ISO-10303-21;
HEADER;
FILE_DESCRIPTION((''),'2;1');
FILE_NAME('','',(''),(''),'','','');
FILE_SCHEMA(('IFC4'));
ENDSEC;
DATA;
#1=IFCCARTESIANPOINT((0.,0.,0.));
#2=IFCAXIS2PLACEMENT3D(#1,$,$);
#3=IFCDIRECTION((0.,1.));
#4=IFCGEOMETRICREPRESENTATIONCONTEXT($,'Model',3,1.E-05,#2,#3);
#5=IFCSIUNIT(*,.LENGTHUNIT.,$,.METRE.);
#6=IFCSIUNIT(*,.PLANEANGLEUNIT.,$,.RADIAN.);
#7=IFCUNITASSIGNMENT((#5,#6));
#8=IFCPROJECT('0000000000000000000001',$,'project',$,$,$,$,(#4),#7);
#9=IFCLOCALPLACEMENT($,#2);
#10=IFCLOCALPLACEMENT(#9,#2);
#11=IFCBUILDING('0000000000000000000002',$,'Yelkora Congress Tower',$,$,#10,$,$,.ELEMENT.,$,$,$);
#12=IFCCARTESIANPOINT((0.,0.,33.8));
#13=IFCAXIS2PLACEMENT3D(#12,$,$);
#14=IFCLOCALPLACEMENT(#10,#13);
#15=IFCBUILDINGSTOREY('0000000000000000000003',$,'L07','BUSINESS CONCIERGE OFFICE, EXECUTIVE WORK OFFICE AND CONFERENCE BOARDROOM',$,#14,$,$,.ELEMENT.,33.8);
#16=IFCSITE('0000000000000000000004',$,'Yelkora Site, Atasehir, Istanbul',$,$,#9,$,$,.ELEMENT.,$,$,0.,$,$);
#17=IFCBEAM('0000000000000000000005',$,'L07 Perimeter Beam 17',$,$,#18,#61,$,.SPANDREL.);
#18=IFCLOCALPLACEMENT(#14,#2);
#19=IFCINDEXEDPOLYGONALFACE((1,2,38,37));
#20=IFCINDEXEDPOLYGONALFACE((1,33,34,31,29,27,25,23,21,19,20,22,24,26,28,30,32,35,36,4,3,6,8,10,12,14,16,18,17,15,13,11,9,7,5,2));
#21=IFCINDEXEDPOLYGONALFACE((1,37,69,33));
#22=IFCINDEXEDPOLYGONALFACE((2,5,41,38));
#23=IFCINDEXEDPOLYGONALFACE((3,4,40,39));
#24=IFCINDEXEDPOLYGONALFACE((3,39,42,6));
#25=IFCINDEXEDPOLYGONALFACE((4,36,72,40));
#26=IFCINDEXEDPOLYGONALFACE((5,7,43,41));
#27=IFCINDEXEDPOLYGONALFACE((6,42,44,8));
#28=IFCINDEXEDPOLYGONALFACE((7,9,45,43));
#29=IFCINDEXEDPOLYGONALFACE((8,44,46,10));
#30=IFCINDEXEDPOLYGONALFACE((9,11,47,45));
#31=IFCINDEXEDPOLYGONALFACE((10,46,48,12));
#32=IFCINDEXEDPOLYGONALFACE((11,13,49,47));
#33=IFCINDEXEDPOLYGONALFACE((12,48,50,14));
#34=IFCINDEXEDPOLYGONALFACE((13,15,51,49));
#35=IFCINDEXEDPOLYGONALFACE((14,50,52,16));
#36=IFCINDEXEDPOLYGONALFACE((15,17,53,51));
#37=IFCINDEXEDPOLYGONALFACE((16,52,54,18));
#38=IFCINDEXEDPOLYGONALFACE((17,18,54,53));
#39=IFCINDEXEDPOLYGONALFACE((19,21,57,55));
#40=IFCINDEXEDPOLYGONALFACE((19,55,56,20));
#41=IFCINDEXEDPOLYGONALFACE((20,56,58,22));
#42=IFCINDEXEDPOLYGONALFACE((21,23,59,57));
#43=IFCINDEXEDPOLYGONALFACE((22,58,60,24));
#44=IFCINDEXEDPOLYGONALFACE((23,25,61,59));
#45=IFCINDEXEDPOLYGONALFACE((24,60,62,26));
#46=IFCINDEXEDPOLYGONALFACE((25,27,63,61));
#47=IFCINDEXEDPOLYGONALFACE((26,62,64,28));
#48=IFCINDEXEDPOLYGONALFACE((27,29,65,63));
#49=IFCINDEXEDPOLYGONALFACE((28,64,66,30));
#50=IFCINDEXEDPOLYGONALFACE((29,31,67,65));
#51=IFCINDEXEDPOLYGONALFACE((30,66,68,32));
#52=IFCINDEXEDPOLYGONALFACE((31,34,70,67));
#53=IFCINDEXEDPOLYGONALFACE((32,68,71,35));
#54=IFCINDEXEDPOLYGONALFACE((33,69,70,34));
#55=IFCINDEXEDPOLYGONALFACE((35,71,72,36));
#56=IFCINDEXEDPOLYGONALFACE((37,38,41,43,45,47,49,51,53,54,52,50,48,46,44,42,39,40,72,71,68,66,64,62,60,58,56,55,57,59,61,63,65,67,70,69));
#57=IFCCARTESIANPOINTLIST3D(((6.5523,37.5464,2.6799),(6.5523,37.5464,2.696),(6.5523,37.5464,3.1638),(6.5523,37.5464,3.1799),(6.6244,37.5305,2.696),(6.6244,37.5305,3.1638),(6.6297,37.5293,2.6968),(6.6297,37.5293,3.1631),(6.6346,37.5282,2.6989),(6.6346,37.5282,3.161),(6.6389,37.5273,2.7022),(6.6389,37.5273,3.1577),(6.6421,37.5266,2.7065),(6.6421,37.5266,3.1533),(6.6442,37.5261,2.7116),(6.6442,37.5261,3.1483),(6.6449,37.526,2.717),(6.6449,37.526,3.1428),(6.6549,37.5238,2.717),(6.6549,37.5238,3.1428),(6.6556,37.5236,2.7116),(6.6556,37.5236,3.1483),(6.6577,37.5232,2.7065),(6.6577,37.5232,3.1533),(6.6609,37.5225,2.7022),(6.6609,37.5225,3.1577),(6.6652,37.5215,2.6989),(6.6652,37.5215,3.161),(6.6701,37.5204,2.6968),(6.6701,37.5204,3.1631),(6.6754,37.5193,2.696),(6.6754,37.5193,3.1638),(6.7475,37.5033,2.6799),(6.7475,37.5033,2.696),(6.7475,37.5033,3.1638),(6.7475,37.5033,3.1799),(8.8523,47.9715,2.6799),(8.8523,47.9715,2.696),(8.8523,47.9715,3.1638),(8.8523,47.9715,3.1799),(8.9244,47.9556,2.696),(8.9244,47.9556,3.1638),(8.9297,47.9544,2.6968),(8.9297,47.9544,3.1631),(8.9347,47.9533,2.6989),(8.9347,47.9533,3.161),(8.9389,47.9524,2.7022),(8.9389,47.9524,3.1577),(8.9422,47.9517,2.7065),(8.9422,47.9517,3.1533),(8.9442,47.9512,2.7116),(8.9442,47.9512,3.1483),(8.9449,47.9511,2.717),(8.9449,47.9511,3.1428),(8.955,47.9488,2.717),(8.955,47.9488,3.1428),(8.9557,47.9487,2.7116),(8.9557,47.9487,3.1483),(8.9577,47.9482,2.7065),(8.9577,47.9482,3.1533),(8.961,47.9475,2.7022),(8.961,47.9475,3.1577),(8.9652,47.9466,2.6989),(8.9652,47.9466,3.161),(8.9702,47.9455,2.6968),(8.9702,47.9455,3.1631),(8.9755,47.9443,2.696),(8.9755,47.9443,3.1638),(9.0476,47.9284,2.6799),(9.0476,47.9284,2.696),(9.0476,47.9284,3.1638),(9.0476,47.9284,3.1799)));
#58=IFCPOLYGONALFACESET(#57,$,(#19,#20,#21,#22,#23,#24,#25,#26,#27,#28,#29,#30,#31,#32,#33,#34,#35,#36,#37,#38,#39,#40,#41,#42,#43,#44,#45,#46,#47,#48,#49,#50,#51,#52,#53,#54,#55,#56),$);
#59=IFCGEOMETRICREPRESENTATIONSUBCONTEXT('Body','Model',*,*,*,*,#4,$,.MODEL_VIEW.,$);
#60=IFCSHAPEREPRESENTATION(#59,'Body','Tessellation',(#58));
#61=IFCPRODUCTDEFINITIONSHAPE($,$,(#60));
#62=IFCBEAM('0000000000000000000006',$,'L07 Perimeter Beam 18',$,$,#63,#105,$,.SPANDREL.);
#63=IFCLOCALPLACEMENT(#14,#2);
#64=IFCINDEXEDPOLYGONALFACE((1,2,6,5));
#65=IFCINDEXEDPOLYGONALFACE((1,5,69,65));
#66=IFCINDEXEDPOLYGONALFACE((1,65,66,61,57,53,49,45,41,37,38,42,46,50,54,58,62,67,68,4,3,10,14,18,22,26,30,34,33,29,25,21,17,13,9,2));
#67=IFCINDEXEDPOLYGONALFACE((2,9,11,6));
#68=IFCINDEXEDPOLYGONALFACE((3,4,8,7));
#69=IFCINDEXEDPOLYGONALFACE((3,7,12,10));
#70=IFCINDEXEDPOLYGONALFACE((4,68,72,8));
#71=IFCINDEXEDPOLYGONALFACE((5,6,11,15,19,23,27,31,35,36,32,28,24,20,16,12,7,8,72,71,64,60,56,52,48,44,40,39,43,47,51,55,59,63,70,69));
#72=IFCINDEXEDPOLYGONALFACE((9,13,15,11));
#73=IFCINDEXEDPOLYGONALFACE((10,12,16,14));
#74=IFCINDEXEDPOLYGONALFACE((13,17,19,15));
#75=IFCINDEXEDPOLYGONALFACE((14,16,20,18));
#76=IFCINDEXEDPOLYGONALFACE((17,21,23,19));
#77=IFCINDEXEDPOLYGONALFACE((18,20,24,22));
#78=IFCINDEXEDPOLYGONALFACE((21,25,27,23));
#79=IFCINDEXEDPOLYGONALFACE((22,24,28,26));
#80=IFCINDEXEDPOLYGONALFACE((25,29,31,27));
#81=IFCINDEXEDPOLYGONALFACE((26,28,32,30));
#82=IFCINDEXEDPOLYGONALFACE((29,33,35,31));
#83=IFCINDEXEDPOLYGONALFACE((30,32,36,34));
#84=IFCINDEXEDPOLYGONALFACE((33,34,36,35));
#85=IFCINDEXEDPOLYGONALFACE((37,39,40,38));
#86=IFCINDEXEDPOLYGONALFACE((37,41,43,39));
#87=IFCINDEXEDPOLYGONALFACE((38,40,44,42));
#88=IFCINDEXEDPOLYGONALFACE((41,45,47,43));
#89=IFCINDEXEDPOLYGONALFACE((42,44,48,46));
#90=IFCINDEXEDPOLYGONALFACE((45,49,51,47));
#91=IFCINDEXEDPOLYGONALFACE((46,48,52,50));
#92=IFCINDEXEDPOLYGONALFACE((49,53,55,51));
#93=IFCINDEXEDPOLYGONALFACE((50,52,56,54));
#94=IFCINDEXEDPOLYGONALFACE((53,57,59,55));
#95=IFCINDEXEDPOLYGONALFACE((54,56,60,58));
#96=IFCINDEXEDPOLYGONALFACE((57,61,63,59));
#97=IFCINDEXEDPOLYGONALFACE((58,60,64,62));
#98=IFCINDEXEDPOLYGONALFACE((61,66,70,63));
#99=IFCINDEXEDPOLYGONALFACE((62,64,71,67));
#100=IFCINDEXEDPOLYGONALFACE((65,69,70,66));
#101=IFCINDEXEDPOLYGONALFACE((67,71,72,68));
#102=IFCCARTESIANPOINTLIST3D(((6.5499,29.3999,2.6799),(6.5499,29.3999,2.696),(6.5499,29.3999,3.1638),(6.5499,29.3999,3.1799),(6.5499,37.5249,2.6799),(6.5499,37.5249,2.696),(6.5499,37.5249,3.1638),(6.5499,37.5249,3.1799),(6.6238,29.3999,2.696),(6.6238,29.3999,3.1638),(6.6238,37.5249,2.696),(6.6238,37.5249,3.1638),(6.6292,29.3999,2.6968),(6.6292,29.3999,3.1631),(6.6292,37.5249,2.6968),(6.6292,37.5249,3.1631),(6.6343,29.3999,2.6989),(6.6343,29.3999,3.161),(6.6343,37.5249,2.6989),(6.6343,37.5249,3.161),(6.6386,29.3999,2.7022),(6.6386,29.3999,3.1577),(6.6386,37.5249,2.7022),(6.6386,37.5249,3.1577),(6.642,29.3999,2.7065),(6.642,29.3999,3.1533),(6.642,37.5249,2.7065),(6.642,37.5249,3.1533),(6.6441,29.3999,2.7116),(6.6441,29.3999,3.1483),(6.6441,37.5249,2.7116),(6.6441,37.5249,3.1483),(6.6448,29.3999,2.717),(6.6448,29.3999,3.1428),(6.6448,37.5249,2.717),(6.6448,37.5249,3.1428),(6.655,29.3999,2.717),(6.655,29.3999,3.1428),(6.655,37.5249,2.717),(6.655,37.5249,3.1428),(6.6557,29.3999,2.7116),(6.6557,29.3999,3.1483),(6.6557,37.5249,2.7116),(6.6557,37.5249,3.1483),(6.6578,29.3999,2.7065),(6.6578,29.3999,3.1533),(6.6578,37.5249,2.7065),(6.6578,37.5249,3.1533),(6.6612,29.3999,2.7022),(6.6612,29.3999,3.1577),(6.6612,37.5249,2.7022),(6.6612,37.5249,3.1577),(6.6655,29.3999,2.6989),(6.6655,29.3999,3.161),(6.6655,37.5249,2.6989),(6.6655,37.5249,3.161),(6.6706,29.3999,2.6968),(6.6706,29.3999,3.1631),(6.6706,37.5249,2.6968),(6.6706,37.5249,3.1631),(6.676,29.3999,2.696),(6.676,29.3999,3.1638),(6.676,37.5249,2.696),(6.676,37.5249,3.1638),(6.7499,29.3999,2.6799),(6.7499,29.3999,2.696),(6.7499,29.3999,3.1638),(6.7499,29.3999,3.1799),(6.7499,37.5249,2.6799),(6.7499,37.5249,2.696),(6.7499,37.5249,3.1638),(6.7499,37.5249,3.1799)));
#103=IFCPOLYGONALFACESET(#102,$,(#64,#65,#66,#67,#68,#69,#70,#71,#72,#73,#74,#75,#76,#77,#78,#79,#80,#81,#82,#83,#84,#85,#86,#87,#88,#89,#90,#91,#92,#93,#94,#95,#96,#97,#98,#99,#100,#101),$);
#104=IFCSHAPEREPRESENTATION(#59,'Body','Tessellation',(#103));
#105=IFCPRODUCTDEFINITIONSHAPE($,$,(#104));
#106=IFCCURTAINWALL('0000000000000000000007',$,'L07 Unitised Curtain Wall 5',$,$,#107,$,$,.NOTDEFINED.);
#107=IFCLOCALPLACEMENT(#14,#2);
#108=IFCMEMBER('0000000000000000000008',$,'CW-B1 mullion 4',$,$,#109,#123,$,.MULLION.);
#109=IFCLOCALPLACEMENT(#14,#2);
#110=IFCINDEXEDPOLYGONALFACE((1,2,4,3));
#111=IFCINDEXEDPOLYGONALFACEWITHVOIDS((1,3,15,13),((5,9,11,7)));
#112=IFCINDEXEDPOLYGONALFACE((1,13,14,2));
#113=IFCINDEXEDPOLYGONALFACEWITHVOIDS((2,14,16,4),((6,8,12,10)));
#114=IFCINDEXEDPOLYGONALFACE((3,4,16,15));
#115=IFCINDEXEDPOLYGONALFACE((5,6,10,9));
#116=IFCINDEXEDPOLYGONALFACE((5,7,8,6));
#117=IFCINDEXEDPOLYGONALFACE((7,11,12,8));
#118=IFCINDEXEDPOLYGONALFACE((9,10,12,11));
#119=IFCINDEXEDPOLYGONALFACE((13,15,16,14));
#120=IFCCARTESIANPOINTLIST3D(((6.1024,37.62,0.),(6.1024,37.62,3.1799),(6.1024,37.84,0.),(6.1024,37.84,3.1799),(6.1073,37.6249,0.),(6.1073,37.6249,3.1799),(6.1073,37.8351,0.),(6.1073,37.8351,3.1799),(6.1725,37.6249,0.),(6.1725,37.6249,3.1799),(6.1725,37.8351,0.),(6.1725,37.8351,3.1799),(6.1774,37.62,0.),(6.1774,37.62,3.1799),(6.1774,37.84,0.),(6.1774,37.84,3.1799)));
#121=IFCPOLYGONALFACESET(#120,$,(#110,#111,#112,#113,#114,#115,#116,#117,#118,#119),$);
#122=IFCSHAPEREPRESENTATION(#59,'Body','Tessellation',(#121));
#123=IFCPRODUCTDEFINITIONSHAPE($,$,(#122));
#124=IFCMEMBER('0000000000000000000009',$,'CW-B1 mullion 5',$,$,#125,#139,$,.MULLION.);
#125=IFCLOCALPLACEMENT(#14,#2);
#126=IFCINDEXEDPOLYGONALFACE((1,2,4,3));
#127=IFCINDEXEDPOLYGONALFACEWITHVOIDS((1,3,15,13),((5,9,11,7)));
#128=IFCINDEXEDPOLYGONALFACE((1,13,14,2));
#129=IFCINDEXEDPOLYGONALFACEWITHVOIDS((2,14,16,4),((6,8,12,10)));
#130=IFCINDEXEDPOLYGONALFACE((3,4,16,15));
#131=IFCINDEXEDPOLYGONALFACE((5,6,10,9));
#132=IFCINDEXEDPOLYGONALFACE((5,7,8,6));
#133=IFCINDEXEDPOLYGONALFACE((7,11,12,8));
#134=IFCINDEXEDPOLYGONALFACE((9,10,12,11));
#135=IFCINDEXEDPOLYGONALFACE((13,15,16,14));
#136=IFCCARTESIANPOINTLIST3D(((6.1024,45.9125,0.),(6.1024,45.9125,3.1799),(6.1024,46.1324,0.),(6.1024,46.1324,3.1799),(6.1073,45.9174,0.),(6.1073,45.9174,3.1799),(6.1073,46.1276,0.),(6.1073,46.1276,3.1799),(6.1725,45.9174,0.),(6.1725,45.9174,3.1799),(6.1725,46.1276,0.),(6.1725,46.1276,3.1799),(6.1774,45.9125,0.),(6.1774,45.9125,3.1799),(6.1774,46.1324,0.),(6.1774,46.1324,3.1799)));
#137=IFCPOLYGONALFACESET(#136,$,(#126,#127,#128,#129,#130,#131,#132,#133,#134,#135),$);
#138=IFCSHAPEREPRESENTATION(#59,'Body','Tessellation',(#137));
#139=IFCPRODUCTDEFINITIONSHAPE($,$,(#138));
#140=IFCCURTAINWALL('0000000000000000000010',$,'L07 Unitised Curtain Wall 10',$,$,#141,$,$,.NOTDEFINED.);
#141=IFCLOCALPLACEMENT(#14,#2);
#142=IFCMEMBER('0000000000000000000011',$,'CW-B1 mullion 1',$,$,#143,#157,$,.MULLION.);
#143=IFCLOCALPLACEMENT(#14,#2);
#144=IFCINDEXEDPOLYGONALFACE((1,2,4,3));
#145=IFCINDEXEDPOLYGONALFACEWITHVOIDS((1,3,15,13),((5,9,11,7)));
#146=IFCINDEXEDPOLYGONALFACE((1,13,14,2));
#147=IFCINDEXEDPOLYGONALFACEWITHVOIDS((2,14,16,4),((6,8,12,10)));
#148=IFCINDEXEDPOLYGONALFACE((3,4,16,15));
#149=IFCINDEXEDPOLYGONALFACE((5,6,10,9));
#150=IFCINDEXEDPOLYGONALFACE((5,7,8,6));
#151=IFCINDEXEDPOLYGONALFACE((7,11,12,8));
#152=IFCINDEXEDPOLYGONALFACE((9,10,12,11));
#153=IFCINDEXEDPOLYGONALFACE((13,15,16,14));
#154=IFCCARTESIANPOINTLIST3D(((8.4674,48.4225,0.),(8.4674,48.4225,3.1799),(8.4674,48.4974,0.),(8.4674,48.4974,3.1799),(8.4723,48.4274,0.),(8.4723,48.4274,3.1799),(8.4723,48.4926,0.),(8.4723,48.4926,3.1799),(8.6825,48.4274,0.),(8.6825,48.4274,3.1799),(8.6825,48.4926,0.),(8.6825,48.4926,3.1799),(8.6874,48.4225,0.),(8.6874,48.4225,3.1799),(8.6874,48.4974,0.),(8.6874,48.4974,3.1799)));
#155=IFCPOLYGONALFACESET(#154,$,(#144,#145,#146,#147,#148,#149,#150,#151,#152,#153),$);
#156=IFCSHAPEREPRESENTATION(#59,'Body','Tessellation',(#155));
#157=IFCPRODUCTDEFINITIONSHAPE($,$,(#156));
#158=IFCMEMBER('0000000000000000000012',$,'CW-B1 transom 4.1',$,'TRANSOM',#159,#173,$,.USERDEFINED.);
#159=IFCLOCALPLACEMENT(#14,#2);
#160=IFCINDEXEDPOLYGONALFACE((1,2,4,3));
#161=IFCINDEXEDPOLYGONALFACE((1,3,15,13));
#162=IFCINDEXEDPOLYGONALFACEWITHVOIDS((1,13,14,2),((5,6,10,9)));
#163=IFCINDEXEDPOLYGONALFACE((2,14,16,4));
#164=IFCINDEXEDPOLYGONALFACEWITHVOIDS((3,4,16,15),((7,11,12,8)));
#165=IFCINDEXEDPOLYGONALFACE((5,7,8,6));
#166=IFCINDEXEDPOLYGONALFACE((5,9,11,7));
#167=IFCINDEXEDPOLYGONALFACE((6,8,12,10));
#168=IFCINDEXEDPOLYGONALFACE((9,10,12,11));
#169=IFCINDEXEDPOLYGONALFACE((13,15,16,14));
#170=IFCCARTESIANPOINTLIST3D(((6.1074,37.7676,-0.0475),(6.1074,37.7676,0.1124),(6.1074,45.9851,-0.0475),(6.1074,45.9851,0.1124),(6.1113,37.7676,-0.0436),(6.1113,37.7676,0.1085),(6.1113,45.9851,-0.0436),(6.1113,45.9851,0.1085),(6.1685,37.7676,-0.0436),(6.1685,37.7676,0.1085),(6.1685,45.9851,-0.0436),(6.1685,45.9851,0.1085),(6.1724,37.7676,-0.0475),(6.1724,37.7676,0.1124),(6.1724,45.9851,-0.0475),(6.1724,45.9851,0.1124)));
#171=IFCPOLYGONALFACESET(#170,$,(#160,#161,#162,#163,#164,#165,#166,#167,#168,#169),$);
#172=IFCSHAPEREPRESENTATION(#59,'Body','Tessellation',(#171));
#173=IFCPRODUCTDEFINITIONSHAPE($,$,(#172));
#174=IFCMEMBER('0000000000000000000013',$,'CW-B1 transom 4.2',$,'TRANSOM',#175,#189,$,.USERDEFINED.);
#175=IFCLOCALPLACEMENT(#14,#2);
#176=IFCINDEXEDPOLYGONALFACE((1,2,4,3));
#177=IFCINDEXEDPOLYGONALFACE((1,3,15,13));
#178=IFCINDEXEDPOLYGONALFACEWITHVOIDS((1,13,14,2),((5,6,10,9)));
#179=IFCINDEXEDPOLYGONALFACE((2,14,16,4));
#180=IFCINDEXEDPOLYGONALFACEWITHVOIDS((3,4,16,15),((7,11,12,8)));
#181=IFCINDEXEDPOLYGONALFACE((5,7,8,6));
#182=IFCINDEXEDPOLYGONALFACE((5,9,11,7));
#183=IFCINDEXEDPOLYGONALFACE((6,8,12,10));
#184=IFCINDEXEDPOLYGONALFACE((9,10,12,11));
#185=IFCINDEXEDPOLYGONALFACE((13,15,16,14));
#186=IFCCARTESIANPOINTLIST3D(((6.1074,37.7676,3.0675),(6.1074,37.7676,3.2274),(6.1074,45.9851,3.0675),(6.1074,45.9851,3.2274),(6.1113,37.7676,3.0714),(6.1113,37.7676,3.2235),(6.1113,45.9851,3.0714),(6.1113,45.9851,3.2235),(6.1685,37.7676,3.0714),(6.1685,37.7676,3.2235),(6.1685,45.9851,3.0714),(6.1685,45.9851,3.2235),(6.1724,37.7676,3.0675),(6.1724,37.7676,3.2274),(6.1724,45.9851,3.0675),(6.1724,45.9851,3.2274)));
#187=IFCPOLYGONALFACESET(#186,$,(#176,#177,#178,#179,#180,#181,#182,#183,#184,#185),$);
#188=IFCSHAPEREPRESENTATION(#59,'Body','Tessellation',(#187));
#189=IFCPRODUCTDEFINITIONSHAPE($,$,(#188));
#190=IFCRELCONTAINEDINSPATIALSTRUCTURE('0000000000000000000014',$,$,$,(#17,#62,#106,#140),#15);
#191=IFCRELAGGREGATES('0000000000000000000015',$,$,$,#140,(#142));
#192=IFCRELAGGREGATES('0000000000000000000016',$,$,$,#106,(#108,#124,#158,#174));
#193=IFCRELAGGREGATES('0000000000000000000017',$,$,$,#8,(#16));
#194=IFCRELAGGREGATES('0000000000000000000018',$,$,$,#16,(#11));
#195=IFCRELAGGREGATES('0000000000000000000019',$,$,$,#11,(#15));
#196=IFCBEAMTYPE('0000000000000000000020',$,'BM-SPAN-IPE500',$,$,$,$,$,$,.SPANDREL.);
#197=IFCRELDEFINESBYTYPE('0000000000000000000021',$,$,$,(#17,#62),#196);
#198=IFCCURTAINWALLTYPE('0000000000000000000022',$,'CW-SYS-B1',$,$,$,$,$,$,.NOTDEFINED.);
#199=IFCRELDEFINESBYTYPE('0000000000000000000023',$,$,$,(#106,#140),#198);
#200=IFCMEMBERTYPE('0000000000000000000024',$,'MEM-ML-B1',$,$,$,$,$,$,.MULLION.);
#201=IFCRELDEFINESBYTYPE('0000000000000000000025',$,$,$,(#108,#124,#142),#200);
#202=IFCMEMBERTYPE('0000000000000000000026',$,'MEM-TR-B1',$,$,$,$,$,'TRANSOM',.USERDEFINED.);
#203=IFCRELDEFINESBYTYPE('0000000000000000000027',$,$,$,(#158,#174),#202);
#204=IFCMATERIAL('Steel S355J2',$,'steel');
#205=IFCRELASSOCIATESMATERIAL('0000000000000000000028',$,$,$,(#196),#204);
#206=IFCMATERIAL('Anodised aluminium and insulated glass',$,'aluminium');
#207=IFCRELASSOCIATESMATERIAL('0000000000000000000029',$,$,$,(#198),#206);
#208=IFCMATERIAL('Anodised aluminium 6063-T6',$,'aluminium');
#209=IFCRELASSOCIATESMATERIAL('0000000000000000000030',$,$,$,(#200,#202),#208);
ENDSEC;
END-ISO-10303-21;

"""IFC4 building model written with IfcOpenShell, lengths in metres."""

from ifc_helpers import new_model, si_unit, direction, frame, origin, origin_2d, place, context, subcontext, project, spatial, hollow_rectangle, i_section, extrude, material, material_profile, profile_set, type_object, element, aggregate, save


model = new_model("IFC4")

# Units and contexts
model_context = context("Model", 3, precision=1e-05, world=origin(), true_north=direction((0.0, 1.0)))
body_context = subcontext(model_context, "Body", "Model", "MODEL_VIEW")
ifc_project = project(units=[si_unit("LENGTHUNIT", "METRE"), si_unit("PLANEANGLEUNIT", "RADIAN")], contexts=[model_context])

# Site, building, storey
site_placement = place(None, origin())
site = spatial("IfcSite", under=ifc_project, at=site_placement, Name="Yelkora Site, Atasehir, Istanbul", CompositionType="ELEMENT", RefElevation=0.0)
building_placement = place(site_placement, origin())
building = spatial("IfcBuilding", under=site, at=building_placement, Name="Yelkora Congress Tower", CompositionType="ELEMENT")
storey_placement = place(building_placement, frame((0.0, 0.0, 33.8)))
storey = spatial("IfcBuildingStorey", under=building, at=storey_placement, Name="L07", Description="BUSINESS CONCIERGE OFFICE, EXECUTIVE WORK OFFICE AND CONFERENCE BOARDROOM", CompositionType="ELEMENT", Elevation=33.8)

# Beams
ifc_material_1 = material(Name="Steel S355J2", Category="steel")
ifc_material_profile_1 = material_profile(ifc_material_1, i_section(OverallWidth=0.2, OverallDepth=0.5, WebThickness=0.0103, FlangeThickness=0.0161, FilletRadius=0.021, at=origin_2d()), Name="IPE 500")
ifc_profile_set_1 = profile_set([ifc_material_profile_1], Name="Steel S355J2")
beam_type_1 = type_object("IfcBeamType", Name="BM-SPAN-IPE500", PredefinedType="SPANDREL", material=ifc_profile_set_1)
beam_1_placement = place(storey_placement, frame((8.95, 47.95, 2.9299), z_axis=(-0.215446, -0.976516, 0.0), x_axis=(0.976516, -0.215446, 0.0)))
element("IfcBeam", 1, at=beam_1_placement, inside=storey, type_object=beam_type_1, Name="L07 Perimeter Beam 17", PredefinedType="SPANDREL", context=body_context, shape_type="SweptSolid", body=[
    extrude(i_section(OverallWidth=0.2, OverallDepth=0.5, WebThickness=0.0103, FlangeThickness=0.0161, FilletRadius=0.021, at=origin_2d()), origin(), (0.0, 0.0, 1.0), 10.6758),
])
beam_2_placement = place(storey_placement, frame((6.6499, 37.5249, 2.9299), z_axis=(0.0, -1.0, 0.0), x_axis=(1.0, 0.0, 0.0)))
element("IfcBeam", 2, at=beam_2_placement, inside=storey, type_object=beam_type_1, Name="L07 Perimeter Beam 18", PredefinedType="SPANDREL", context=body_context, shape_type="SweptSolid", body=[
    extrude(i_section(OverallWidth=0.2, OverallDepth=0.5, WebThickness=0.0103, FlangeThickness=0.0161, FilletRadius=0.021, at=origin_2d()), origin(), (0.0, 0.0, 1.0), 8.125),
])

# Curtain wall, members
ifc_material_2 = material(Name="Anodised aluminium and insulated glass", Category="aluminium")
curtain_wall_type = type_object("IfcCurtainWallType", Name="CW-SYS-B1", PredefinedType="NOTDEFINED", material=ifc_material_2)
curtain_wall_1_placement = place(storey_placement, origin())
curtain_wall_1 = element("IfcCurtainWall", 3, at=curtain_wall_1_placement, inside=storey, type_object=curtain_wall_type, Name="L07 Unitised Curtain Wall 5", PredefinedType="NOTDEFINED")
ifc_material_3 = material(Name="Anodised aluminium 6063-T6", Category="aluminium")
ifc_material_profile_2 = material_profile(ifc_material_3, hollow_rectangle(XDim=0.075, YDim=0.22, WallThickness=0.0049, at=origin_2d()), Name="ALU 75x220x5")
ifc_profile_set_2 = profile_set([ifc_material_profile_2], Name="Anodised aluminium 6063-T6")
member_type_1 = type_object("IfcMemberType", Name="MEM-ML-B1", PredefinedType="MULLION", material=ifc_profile_set_2)
member_1_placement = place(storey_placement, frame((6.1399, 37.73, 0.0), z_axis=(0.0, 0.0, 1.0), x_axis=(-1.0, 0.0, 0.0)))
member_1 = element("IfcMember", 4, at=member_1_placement, type_object=member_type_1, Name="CW-B1 mullion 4", PredefinedType="MULLION", context=body_context, shape_type="SweptSolid", body=[
    extrude(hollow_rectangle(XDim=0.075, YDim=0.22, WallThickness=0.0049, at=origin_2d()), origin(), (0.0, 0.0, 1.0), 3.1799),
])
member_2_placement = place(storey_placement, frame((6.1399, 46.0225, 0.0), z_axis=(0.0, 0.0, 1.0), x_axis=(-1.0, 0.0, 0.0)))
member_2 = element("IfcMember", 5, at=member_2_placement, type_object=member_type_1, Name="CW-B1 mullion 5", PredefinedType="MULLION", context=body_context, shape_type="SweptSolid", body=[
    extrude(hollow_rectangle(XDim=0.075, YDim=0.22, WallThickness=0.0049, at=origin_2d()), origin(), (0.0, 0.0, 1.0), 3.1799),
])

# Curtain wall, member
curtain_wall_2_placement = place(storey_placement, origin())
curtain_wall_2 = element("IfcCurtainWall", 6, at=curtain_wall_2_placement, inside=storey, type_object=curtain_wall_type, Name="L07 Unitised Curtain Wall 10", PredefinedType="NOTDEFINED")
member_3_placement = place(storey_placement, frame((8.5774, 48.46, 0.0), z_axis=(0.0, 0.0, 1.0), x_axis=(0.0, 1.0, 0.0)))
member_3 = element("IfcMember", 7, at=member_3_placement, type_object=member_type_1, Name="CW-B1 mullion 1", PredefinedType="MULLION", context=body_context, shape_type="SweptSolid", body=[
    extrude(hollow_rectangle(XDim=0.075, YDim=0.22, WallThickness=0.0049, at=origin_2d()), origin(), (0.0, 0.0, 1.0), 3.1799),
])

# Members
ifc_material_profile_3 = material_profile(ifc_material_3, hollow_rectangle(XDim=0.0649, YDim=0.1599, WallThickness=0.0039, at=origin_2d()), Name="ALU 65x160x4")
ifc_profile_set_3 = profile_set([ifc_material_profile_3], Name="Anodised aluminium 6063-T6")
member_type_2 = type_object("IfcMemberType", Name="MEM-TR-B1", ElementType="TRANSOM", PredefinedType="USERDEFINED", material=ifc_profile_set_3)
member_4_placement = place(storey_placement, frame((6.1399, 37.7676, 0.0325), z_axis=(0.0, 1.0, 0.0), x_axis=(-1.0, 0.0, 0.0)))
member_4 = element("IfcMember", 8, at=member_4_placement, type_object=member_type_2, Name="CW-B1 transom 4.1", ObjectType="TRANSOM", PredefinedType="USERDEFINED", context=body_context, shape_type="SweptSolid", body=[
    extrude(hollow_rectangle(XDim=0.0649, YDim=0.1599, WallThickness=0.0039, at=origin_2d()), origin(), (0.0, 0.0, 1.0), 8.2175),
])
member_5_placement = place(storey_placement, frame((6.1399, 37.7676, 3.1475), z_axis=(0.0, 1.0, 0.0), x_axis=(-1.0, 0.0, 0.0)))
member_5 = element("IfcMember", 9, at=member_5_placement, type_object=member_type_2, Name="CW-B1 transom 4.2", ObjectType="TRANSOM", PredefinedType="USERDEFINED", context=body_context, shape_type="SweptSolid", body=[
    extrude(hollow_rectangle(XDim=0.0649, YDim=0.1599, WallThickness=0.0039, at=origin_2d()), origin(), (0.0, 0.0, 1.0), 8.2175),
])
aggregate(curtain_wall_2, [member_3])

aggregate(curtain_wall_1, [member_1, member_2, member_4, member_5])

save(model, "model.ifc")
